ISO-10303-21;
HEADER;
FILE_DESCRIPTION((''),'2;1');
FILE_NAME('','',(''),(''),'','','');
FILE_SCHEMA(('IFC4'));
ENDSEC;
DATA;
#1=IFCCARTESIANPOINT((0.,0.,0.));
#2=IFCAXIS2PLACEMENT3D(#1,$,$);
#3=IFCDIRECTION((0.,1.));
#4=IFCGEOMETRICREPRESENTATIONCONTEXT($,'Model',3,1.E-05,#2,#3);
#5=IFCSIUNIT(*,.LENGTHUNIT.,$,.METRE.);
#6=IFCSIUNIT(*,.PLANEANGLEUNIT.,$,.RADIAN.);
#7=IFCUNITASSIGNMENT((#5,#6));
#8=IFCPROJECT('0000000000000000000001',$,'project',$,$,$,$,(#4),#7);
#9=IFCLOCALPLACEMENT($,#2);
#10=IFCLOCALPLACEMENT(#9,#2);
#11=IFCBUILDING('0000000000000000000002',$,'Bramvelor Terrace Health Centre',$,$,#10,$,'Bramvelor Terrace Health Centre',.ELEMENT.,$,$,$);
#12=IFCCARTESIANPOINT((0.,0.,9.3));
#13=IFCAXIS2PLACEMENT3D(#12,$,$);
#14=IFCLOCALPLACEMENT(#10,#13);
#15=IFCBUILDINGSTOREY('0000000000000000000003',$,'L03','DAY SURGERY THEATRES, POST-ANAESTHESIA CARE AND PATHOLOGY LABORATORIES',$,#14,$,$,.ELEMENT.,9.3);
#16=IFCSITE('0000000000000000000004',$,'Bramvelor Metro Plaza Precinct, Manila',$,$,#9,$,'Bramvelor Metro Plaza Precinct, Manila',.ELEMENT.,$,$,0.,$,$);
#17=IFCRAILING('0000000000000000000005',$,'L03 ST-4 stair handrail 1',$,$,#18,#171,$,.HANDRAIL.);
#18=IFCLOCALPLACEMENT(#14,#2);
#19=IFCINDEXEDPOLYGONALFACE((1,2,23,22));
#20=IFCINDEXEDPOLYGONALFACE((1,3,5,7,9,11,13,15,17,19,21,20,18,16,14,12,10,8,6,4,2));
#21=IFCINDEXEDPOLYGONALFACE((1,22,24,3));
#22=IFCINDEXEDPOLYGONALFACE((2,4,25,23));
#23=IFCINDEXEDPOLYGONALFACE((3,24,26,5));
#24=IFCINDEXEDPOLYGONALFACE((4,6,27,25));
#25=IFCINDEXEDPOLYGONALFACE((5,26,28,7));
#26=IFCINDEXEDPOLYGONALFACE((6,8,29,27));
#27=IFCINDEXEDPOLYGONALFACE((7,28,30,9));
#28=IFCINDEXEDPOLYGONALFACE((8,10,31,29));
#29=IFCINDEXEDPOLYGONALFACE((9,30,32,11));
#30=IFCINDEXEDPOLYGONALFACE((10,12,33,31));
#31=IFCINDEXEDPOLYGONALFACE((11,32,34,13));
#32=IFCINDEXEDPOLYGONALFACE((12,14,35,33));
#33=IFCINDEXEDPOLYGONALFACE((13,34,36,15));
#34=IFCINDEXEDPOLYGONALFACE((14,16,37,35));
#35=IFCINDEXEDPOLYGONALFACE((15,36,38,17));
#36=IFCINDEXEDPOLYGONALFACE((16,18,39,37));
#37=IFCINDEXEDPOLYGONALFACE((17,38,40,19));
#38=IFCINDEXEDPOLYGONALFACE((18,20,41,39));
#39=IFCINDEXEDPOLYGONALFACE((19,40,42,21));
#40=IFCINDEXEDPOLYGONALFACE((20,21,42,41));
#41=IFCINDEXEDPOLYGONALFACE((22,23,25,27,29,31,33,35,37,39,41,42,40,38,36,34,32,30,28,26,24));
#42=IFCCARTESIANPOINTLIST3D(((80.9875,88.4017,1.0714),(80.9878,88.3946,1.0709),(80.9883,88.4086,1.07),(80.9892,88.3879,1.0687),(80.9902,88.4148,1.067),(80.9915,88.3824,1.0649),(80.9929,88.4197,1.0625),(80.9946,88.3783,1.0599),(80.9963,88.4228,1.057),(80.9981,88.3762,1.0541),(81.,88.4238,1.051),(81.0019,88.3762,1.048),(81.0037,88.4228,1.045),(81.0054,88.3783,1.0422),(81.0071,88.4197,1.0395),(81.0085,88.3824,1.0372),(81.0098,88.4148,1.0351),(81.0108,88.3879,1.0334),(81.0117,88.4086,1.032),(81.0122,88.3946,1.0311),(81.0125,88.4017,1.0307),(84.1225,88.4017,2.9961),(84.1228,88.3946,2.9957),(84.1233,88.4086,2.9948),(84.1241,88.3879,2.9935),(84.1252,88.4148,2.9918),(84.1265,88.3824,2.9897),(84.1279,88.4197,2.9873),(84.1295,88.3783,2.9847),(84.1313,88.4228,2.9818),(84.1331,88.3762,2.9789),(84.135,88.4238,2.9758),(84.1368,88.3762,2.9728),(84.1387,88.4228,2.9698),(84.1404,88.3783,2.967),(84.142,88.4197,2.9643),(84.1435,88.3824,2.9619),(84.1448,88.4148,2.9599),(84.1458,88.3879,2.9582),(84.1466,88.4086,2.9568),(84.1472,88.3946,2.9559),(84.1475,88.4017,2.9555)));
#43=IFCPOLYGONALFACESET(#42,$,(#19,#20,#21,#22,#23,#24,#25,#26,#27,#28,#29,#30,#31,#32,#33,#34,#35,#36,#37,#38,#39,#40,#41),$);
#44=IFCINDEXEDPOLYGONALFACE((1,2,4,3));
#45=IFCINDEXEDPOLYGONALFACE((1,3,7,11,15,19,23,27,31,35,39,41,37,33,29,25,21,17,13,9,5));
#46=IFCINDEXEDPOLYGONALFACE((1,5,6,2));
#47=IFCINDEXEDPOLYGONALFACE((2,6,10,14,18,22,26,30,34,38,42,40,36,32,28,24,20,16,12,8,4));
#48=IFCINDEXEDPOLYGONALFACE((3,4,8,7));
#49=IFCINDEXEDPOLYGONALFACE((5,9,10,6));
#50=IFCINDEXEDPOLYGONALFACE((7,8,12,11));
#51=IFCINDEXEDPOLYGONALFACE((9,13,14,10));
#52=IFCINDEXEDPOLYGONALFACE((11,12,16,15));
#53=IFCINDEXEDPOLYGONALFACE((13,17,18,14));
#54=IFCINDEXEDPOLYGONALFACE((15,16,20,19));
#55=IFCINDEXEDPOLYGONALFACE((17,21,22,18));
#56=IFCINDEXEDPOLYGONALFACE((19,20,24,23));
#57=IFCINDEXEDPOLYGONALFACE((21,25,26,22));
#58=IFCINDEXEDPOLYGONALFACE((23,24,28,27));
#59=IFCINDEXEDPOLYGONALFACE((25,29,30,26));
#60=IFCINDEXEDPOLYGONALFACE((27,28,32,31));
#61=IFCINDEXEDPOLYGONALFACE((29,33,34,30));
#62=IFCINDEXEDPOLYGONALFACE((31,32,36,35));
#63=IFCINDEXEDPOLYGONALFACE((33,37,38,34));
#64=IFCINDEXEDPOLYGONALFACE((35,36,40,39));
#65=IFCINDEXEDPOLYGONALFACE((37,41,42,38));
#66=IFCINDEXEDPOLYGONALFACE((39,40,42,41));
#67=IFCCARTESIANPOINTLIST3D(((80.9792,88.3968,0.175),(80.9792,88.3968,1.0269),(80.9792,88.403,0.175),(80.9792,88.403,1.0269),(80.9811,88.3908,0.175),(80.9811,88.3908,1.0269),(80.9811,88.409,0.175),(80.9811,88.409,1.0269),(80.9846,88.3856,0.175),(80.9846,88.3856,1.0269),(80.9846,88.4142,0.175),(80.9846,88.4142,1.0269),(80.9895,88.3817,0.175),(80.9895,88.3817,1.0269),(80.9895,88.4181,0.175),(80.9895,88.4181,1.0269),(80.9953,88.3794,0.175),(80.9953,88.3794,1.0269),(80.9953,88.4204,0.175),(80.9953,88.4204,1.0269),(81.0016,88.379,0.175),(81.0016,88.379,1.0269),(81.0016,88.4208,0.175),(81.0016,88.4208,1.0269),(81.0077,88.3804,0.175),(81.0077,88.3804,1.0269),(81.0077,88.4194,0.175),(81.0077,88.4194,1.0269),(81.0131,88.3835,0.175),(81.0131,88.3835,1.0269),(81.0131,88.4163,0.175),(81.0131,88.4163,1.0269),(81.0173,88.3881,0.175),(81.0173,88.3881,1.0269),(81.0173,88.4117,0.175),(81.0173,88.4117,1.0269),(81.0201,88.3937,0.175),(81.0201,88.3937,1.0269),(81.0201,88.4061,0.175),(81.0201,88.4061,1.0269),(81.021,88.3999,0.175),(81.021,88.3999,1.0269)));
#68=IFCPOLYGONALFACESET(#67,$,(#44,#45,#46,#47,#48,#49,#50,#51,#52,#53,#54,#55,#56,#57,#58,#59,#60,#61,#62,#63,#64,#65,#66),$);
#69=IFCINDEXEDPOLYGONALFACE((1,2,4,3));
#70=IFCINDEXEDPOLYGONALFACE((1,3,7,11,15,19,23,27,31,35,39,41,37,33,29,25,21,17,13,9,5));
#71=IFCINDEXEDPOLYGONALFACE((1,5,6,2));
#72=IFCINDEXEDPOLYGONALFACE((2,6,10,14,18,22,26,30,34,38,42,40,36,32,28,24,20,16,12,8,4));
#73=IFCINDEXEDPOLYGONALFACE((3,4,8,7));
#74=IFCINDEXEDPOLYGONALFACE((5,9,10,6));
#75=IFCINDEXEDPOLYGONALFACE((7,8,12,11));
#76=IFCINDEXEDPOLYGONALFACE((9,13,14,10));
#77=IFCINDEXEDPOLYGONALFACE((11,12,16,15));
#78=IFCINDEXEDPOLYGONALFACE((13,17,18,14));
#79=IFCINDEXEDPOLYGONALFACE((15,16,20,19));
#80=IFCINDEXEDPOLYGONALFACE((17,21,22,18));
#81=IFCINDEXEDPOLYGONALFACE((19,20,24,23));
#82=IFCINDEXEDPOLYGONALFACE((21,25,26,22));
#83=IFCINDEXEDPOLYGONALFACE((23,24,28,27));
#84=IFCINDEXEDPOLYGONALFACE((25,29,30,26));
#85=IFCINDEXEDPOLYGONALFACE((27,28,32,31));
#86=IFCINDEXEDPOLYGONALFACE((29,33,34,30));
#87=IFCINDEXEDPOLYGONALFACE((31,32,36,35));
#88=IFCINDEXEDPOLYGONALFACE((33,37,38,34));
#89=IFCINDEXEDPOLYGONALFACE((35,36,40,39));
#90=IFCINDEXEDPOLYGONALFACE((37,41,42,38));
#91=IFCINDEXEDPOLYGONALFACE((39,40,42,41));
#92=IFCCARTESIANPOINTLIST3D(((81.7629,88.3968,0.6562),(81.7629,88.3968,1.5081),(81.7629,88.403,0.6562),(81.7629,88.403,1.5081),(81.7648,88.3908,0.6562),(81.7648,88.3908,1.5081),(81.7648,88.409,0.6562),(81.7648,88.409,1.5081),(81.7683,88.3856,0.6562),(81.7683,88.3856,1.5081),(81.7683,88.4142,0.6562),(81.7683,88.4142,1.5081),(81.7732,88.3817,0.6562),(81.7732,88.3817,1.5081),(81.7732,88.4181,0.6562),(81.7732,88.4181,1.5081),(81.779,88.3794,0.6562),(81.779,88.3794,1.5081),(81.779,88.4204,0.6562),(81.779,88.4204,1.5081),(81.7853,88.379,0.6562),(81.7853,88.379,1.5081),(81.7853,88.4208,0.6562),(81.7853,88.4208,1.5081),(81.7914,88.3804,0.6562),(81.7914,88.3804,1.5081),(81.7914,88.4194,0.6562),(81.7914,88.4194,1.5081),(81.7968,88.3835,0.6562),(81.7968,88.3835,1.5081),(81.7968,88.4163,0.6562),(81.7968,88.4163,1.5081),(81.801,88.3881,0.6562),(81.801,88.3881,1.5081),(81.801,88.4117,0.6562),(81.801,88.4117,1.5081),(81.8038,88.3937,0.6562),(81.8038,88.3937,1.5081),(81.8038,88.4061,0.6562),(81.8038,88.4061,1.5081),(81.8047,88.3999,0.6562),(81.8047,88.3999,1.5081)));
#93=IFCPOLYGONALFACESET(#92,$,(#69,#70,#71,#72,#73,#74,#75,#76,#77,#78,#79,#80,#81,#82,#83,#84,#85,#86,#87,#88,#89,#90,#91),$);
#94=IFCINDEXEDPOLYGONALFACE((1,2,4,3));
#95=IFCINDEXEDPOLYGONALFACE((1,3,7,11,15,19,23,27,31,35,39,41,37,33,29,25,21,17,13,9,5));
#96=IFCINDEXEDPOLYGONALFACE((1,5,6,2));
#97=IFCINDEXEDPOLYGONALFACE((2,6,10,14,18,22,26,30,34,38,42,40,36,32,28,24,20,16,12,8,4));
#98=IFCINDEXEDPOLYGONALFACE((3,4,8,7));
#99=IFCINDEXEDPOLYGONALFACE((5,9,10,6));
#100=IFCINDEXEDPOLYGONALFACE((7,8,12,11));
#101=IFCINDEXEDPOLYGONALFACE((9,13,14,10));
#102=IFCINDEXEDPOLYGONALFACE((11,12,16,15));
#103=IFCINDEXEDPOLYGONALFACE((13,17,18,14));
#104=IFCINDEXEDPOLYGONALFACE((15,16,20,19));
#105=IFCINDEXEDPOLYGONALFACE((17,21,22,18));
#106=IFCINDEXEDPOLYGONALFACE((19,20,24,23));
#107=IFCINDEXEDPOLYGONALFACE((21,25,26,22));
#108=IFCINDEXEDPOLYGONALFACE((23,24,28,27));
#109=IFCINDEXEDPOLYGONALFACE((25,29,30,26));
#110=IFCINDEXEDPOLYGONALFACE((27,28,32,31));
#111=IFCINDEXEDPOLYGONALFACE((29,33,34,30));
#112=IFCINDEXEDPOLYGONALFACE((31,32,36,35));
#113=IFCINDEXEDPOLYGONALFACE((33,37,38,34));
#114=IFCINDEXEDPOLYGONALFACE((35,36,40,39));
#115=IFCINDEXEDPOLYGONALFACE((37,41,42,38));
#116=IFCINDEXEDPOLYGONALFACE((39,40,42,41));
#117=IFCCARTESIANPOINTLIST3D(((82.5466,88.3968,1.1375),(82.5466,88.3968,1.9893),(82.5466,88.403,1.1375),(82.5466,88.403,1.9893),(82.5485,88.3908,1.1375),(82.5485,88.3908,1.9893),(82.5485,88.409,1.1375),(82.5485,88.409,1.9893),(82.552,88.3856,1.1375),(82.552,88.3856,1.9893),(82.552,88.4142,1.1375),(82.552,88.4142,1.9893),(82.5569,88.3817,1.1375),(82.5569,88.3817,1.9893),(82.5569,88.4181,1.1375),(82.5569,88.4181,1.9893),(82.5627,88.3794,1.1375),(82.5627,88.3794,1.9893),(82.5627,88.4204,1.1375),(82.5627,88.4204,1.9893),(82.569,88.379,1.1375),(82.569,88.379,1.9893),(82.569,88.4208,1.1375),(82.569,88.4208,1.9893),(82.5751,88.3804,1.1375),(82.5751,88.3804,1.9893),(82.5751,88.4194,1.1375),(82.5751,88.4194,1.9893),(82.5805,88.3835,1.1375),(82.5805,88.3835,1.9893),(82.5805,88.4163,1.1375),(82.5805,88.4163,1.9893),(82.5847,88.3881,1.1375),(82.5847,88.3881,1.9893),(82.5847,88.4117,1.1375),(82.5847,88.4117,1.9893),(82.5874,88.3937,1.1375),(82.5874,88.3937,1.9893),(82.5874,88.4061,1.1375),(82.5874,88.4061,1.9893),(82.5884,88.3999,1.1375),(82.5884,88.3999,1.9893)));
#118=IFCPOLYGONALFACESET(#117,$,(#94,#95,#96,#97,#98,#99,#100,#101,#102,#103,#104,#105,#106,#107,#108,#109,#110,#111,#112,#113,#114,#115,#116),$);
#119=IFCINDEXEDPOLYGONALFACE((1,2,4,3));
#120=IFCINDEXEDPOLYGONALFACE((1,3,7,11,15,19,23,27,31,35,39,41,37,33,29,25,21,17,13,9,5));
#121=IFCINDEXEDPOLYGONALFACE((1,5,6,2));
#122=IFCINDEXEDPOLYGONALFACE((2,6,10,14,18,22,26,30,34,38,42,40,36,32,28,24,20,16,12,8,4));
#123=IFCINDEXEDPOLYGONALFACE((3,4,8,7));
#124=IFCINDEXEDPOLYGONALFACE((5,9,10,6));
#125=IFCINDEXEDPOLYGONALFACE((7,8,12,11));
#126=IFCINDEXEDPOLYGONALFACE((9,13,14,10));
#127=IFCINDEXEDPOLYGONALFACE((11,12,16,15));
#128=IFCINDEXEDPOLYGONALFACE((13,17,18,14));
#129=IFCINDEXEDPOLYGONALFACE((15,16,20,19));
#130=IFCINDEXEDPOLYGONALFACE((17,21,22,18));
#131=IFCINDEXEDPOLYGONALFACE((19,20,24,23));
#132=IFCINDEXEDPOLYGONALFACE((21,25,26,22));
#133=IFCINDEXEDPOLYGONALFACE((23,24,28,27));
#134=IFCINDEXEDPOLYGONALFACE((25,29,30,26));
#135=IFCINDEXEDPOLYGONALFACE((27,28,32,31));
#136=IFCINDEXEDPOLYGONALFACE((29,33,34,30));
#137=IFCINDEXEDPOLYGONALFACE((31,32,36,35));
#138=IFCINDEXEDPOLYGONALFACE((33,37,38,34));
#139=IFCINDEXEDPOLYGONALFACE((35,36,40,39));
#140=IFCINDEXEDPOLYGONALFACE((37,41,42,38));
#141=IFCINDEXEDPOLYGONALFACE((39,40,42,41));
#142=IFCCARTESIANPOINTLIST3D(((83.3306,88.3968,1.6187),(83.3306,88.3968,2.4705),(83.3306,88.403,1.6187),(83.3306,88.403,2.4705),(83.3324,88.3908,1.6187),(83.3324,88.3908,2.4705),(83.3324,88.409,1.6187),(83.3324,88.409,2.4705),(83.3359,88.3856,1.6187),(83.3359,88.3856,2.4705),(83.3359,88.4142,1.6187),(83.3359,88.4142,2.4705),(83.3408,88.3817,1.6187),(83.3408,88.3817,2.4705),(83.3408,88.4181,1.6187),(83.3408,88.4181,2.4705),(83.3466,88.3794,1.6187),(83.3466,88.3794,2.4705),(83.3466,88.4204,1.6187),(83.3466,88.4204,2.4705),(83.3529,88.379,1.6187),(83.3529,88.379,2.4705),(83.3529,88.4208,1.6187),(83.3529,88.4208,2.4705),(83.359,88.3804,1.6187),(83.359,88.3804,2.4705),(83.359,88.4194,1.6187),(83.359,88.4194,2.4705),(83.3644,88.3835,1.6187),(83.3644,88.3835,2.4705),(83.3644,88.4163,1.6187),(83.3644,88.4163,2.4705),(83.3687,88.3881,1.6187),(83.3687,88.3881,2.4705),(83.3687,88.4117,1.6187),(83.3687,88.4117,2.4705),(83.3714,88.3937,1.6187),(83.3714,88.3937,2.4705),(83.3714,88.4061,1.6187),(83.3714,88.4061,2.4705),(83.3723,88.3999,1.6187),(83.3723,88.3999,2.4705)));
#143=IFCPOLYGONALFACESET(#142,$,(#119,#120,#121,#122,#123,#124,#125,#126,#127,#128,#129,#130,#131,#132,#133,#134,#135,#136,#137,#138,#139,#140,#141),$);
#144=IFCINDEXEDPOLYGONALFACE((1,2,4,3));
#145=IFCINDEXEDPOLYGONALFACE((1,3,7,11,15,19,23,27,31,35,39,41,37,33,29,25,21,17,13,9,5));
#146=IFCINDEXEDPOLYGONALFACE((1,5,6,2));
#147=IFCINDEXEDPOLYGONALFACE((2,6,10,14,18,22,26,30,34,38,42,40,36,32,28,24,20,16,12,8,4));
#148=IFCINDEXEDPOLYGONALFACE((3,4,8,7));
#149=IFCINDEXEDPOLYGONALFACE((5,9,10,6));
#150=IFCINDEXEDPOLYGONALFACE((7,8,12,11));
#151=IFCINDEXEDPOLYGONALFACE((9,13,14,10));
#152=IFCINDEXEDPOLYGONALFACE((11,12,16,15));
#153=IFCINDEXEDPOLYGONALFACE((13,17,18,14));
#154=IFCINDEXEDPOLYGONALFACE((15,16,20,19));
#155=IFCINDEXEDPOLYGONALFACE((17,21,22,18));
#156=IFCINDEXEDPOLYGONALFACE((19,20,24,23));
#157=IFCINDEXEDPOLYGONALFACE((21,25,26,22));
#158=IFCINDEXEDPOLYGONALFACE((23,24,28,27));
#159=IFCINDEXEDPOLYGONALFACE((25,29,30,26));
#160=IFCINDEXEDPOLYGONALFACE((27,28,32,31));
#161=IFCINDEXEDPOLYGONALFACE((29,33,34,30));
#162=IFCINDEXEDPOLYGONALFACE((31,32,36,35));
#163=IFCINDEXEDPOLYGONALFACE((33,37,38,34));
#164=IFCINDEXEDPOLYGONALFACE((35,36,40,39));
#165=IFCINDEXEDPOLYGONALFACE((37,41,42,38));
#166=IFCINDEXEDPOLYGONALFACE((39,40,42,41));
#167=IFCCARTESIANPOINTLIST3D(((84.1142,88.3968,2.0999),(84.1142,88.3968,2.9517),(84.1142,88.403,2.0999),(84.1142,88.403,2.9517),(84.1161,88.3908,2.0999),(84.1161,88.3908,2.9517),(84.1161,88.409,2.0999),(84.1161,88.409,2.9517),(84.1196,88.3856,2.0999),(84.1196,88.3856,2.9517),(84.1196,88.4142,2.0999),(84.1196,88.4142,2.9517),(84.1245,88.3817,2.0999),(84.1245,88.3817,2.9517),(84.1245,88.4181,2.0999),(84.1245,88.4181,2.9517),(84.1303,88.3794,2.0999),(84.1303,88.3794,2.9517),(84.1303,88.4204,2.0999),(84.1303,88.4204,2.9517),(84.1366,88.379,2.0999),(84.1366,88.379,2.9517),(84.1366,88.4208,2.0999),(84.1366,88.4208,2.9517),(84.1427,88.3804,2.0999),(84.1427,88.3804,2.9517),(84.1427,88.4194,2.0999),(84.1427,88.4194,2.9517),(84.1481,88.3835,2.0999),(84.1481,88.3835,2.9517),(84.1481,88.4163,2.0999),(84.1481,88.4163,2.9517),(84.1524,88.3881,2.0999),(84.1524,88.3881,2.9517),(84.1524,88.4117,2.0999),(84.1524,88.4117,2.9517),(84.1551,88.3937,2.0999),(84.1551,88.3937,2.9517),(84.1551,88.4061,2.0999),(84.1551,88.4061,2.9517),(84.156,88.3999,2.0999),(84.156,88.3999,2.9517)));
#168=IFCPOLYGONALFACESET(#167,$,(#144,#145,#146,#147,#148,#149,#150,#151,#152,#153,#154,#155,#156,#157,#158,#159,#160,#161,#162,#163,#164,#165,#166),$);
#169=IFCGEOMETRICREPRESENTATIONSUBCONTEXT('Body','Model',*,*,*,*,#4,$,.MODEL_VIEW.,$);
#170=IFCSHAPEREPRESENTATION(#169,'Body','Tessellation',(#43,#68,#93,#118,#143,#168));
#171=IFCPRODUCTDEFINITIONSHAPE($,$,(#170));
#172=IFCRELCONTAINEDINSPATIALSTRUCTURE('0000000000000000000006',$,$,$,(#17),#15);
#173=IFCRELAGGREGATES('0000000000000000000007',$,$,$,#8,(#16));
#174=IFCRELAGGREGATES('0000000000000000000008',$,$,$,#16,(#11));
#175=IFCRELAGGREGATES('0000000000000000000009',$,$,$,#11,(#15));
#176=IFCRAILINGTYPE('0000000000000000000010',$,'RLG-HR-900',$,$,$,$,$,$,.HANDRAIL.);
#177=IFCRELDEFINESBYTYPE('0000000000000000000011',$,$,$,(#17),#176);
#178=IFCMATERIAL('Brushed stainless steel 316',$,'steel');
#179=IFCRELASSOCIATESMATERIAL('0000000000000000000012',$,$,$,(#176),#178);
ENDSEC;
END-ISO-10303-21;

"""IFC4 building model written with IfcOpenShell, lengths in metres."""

from ifc_helpers import new_model, si_unit, direction, frame, origin, origin_2d, place, context, subcontext, project, spatial, circle, extrude, material, type_object, element, save


model = new_model("IFC4")

# Units and contexts
model_context = context("Model", 3, precision=1e-05, world=origin(), true_north=direction((0.0, 1.0)))
body_context = subcontext(model_context, "Body", "Model", "MODEL_VIEW")
ifc_project = project(units=[si_unit("LENGTHUNIT", "METRE"), si_unit("PLANEANGLEUNIT", "RADIAN")], contexts=[model_context])

# Site, building, storey
site_placement = place(None, origin())
site = spatial("IfcSite", under=ifc_project, at=site_placement, Name="Bramvelor Metro Plaza Precinct, Manila", LongName="Bramvelor Metro Plaza Precinct, Manila", CompositionType="ELEMENT", RefElevation=0.0)
building_placement = place(site_placement, origin())
building = spatial("IfcBuilding", under=site, at=building_placement, Name="Bramvelor Terrace Health Centre", LongName="Bramvelor Terrace Health Centre", CompositionType="ELEMENT")
storey_placement = place(building_placement, frame((0.0, 0.0, 9.3)))
storey = spatial("IfcBuildingStorey", under=building, at=storey_placement, Name="L03", Description="DAY SURGERY THEATRES, POST-ANAESTHESIA CARE AND PATHOLOGY LABORATORIES", CompositionType="ELEMENT", Elevation=9.3)

# Railing
ifc_material_1 = material(Name="Brushed stainless steel 316", Category="steel")
railing_type_1 = type_object("IfcRailingType", Name="RLG-HR-900", PredefinedType="HANDRAIL", material=ifc_material_1)
railing_1_placement = place(storey_placement, frame((81.0, 88.3999, 0.175)))
element("IfcRailing", 1, at=railing_1_placement, inside=storey, type_object=railing_type_1, Name="L03 ST-4 stair handrail 1", PredefinedType="HANDRAIL", context=body_context, shape_type="SweptSolid", body=[
    extrude(circle(Radius=0.0239, at=origin_2d()), frame((0.0, 0.0, 0.876), z_axis=(0.852196, 0.0, 0.523223), x_axis=(0.0, 1.0, 0.0)), (0.0, 0.0, 1.0), 3.6787),
    extrude(circle(Radius=0.021, at=origin_2d()), origin(), (0.0, 0.0, 1.0), 0.8518),
    extrude(circle(Radius=0.021, at=origin_2d()), frame((0.7837, 0.0, 0.4812)), (0.0, 0.0, 1.0), 0.8518),
    extrude(circle(Radius=0.021, at=origin_2d()), frame((1.5674, 0.0, 0.9624)), (0.0, 0.0, 1.0), 0.8518),
    extrude(circle(Radius=0.021, at=origin_2d()), frame((2.3513, 0.0, 1.4436)), (0.0, 0.0, 1.0), 0.8518),
    extrude(circle(Radius=0.021, at=origin_2d()), frame((3.135, 0.0, 1.9248)), (0.0, 0.0, 1.0), 0.8518),
])

save(model, "model.ifc")
